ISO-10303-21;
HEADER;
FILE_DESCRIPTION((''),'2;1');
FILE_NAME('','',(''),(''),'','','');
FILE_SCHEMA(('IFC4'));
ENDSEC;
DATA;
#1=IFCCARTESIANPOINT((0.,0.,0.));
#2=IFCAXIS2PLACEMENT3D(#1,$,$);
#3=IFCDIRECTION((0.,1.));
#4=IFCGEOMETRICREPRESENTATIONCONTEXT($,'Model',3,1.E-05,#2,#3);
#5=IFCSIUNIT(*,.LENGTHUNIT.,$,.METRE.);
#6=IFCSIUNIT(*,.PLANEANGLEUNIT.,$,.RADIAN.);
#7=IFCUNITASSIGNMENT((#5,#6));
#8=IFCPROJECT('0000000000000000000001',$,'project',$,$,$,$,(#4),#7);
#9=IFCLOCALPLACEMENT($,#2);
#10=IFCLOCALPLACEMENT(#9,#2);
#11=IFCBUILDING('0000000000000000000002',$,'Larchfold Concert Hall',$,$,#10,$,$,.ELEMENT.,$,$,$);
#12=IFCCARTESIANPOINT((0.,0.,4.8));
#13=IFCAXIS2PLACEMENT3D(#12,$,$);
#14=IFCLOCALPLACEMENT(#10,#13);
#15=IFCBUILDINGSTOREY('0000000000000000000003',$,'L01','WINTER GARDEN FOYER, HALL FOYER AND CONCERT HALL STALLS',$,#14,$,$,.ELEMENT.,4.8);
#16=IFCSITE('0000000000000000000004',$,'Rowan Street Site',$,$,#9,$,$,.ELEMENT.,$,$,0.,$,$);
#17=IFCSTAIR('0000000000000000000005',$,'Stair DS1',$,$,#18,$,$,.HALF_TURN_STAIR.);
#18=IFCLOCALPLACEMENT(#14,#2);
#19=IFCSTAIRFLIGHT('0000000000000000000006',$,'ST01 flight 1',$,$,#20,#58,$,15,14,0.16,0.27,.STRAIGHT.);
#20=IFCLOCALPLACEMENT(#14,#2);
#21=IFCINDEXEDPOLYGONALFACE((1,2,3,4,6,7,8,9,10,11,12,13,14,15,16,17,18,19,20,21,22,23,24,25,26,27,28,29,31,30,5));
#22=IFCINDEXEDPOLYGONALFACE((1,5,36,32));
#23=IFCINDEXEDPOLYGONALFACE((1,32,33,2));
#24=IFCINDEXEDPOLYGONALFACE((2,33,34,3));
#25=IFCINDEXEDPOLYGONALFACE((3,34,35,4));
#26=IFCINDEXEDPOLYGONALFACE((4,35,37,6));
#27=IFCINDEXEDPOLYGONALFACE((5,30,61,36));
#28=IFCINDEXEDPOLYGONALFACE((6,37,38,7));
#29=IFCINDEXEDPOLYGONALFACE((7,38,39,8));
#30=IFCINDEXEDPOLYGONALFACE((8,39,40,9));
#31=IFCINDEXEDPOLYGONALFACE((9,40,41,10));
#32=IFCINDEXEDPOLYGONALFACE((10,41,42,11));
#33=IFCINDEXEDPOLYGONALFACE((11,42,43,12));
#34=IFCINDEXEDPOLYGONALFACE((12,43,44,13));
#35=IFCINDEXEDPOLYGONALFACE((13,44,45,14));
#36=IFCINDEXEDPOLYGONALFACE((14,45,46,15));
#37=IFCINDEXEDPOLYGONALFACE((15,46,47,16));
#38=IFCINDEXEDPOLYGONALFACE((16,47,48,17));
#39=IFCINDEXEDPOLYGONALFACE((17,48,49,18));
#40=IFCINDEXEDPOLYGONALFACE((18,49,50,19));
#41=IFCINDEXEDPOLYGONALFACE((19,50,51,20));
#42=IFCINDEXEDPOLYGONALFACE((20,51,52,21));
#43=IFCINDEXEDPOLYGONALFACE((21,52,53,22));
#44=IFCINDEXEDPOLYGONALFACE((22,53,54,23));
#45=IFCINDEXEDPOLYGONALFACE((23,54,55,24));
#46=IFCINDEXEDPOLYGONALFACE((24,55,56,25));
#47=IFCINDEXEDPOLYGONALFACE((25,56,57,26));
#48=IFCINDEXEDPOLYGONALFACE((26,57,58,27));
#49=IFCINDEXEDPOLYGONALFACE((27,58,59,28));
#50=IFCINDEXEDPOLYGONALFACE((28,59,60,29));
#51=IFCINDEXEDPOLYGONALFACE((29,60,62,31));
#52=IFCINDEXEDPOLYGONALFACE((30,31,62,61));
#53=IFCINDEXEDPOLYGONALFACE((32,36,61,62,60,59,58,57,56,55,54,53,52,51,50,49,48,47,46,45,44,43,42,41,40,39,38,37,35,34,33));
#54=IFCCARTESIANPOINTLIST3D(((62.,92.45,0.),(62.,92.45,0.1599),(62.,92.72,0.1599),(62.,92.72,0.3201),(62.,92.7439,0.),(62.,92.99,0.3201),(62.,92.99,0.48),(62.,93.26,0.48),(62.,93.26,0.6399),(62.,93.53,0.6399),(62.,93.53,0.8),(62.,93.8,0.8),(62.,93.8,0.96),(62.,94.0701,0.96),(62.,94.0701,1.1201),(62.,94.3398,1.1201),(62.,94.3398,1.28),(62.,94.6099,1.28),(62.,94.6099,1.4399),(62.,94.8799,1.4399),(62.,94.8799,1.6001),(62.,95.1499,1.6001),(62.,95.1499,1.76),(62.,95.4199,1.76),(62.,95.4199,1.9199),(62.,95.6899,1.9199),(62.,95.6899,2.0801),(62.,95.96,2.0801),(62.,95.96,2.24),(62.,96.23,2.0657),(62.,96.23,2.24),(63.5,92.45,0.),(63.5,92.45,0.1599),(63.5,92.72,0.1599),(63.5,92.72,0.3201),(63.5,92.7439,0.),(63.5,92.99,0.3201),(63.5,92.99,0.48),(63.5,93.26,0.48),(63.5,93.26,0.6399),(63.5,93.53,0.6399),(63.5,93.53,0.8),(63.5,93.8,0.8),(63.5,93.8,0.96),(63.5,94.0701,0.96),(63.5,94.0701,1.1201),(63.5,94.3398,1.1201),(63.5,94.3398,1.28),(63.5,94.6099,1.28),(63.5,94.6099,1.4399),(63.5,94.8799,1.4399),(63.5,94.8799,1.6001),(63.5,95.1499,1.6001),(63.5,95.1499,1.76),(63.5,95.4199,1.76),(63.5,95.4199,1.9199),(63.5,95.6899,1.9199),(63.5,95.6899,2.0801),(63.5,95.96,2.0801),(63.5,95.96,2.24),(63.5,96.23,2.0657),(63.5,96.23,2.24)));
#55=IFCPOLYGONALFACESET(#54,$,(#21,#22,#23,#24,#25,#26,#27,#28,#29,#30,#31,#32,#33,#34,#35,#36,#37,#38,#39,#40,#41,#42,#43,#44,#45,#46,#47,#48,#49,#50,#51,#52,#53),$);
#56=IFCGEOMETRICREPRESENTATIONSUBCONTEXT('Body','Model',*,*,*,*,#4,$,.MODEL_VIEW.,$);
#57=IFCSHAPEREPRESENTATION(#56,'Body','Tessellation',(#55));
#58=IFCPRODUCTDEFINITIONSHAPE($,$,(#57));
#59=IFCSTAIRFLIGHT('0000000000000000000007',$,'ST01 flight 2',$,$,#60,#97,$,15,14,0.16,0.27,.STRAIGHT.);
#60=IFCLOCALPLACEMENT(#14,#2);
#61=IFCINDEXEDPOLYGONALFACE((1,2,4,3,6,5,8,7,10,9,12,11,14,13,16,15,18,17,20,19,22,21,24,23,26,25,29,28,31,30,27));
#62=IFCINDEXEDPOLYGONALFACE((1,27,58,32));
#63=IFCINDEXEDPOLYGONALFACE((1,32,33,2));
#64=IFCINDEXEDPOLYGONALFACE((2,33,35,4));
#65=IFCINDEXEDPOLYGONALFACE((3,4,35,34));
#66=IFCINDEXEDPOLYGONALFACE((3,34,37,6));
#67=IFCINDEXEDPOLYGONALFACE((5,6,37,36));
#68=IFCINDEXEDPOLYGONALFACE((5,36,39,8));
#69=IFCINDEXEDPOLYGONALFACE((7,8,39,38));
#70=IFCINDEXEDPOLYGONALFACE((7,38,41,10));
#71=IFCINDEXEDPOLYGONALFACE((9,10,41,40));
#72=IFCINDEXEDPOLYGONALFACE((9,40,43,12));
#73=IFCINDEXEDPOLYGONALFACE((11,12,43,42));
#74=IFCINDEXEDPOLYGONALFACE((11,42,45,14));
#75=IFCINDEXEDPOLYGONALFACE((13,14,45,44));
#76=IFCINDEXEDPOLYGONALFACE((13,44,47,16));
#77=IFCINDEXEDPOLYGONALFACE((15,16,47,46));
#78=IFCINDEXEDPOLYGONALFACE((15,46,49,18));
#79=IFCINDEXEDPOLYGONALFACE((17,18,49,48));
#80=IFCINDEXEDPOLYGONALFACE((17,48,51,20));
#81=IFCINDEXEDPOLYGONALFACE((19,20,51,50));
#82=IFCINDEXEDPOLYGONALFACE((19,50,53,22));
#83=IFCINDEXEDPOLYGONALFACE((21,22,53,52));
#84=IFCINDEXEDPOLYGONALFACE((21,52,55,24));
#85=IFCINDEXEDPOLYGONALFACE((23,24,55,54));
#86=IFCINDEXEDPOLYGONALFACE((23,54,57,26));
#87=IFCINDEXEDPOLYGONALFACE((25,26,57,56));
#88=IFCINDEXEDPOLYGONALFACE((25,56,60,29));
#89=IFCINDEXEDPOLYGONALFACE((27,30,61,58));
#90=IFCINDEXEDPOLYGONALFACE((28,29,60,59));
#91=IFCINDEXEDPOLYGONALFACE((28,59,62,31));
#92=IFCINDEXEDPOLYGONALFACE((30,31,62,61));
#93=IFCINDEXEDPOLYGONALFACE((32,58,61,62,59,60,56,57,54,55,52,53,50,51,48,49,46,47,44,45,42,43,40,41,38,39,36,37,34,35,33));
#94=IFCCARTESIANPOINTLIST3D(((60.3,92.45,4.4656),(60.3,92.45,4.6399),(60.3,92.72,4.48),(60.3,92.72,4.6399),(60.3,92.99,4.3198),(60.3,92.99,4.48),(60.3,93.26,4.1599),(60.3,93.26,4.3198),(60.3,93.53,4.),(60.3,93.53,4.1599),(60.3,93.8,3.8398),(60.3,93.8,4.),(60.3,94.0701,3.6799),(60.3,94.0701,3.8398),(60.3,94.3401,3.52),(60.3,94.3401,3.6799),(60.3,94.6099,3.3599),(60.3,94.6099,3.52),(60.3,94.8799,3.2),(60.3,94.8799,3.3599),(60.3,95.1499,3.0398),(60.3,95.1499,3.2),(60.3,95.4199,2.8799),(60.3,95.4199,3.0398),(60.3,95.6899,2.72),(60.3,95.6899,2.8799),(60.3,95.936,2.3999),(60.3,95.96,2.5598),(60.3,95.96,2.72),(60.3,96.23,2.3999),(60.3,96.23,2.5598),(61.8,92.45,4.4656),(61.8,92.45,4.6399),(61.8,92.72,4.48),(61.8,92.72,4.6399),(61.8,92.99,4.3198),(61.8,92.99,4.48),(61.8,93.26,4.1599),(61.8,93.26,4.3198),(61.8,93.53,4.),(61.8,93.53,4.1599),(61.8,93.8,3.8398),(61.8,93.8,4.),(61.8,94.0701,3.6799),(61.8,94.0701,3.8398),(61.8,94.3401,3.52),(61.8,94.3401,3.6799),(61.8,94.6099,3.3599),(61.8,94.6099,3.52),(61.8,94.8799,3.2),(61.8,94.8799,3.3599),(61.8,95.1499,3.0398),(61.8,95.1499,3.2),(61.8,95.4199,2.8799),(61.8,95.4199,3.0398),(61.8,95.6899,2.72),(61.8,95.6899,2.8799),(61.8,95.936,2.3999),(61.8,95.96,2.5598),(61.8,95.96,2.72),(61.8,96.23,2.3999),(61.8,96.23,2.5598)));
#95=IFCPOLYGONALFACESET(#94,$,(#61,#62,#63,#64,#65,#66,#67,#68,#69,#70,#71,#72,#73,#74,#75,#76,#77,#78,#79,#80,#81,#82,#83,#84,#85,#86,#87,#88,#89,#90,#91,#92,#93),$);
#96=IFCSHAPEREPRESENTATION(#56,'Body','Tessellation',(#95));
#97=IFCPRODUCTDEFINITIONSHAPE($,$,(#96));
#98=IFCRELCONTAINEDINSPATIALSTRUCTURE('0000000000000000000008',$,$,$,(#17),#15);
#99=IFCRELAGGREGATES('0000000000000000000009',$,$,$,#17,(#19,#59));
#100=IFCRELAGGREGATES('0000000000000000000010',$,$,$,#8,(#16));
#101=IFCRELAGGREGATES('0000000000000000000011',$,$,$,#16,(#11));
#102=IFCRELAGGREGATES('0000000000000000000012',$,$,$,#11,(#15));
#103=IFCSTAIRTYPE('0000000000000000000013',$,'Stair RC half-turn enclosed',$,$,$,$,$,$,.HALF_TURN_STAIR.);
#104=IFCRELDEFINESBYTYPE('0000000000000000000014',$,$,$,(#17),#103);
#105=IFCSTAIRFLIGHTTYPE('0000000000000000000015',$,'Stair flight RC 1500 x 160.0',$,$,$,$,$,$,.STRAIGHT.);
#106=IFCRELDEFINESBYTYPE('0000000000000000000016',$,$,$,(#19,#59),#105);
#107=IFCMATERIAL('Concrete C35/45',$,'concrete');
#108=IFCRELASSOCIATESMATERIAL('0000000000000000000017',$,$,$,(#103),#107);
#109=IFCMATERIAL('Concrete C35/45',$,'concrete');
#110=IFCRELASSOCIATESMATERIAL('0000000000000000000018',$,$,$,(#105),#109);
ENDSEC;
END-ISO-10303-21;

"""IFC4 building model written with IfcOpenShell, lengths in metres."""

from ifc_helpers import new_model, si_unit, direction, frame, origin, place, context, subcontext, project, spatial, polyline, outline, extrude, material, type_object, element, aggregate, save


model = new_model("IFC4")

# Units and contexts
model_context = context("Model", 3, precision=1e-05, world=origin(), true_north=direction((0.0, 1.0)))
body_context = subcontext(model_context, "Body", "Model", "MODEL_VIEW")
ifc_project = project(units=[si_unit("LENGTHUNIT", "METRE"), si_unit("PLANEANGLEUNIT", "RADIAN")], contexts=[model_context])

# Site, building, storey
site_placement = place(None, origin())
site = spatial("IfcSite", under=ifc_project, at=site_placement, Name="Rowan Street Site", CompositionType="ELEMENT", RefElevation=0.0)
building_placement = place(site_placement, origin())
building = spatial("IfcBuilding", under=site, at=building_placement, Name="Larchfold Concert Hall", CompositionType="ELEMENT")
storey_placement = place(building_placement, frame((0.0, 0.0, 4.8)))
storey = spatial("IfcBuildingStorey", under=building, at=storey_placement, Name="L01", Description="WINTER GARDEN FOYER, HALL FOYER AND CONCERT HALL STALLS", CompositionType="ELEMENT", Elevation=4.8)

# Stair, stair flights
ifc_material_1 = material(Name="Concrete C35/45", Category="concrete")
stair_type = type_object("IfcStairType", Name="Stair RC half-turn enclosed", PredefinedType="HALF_TURN_STAIR", material=ifc_material_1)
stair_placement = place(storey_placement, origin())
stair = element("IfcStair", 1, at=stair_placement, inside=storey, type_object=stair_type, Name="Stair DS1", PredefinedType="HALF_TURN_STAIR")
ifc_material_2 = material(Name="Concrete C35/45", Category="concrete")
stair_flight_type = type_object("IfcStairFlightType", Name="Stair flight RC 1500 x 160.0", PredefinedType="STRAIGHT", material=ifc_material_2)
stair_flight_1_placement = place(storey_placement, frame((62.75, 92.45, 0.0), z_axis=(0.0, 0.0, 1.0), x_axis=(0.0, 1.0, 0.0)))
stair_flight_1 = element("IfcStairFlight", 2, at=stair_flight_1_placement, type_object=stair_flight_type, Name="ST01 flight 1", NumberOfRisers=15, NumberOfTreads=14, PredefinedType="STRAIGHT", RiserHeight=0.16, TreadLength=0.27, context=body_context, shape_type="SweptSolid", body=[
    extrude(outline(polyline([(0.0, 0.0), (0.0, 0.1599), (0.27, 0.1599), (0.27, 0.3201), (0.54, 0.3201), (0.54, 0.48), (0.8101, 0.48), (0.8101, 0.6399), (1.0801, 0.6399), (1.0801, 0.8), (1.3501, 0.8), (1.3501, 0.96), (1.6201, 0.96), (1.6201, 1.1201), (1.8899, 1.1201), (1.8899, 1.28), (2.1599, 1.28), (2.1599, 1.4399), (2.4299, 1.4399), (2.4299, 1.6001), (2.7, 1.6001), (2.7, 1.76), (2.97, 1.76), (2.97, 1.9199), (3.24, 1.9199), (3.24, 2.0801), (3.51, 2.0801), (3.51, 2.24), (3.78, 2.24), (3.78, 2.3999), (3.78, 2.0657), (0.2939, 0.0), (0.0, 0.0)])), frame((0.0, 0.75, 0.0), z_axis=(0.0, -1.0, 0.0), x_axis=(1.0, 0.0, 0.0)), (0.0, 0.0, 1.0), 1.5),
])
stair_flight_2_placement = place(storey_placement, frame((61.05, 96.23, 2.3999), z_axis=(0.0, 0.0, 1.0), x_axis=(0.0, -1.0, 0.0)))
stair_flight_2 = element("IfcStairFlight", 3, at=stair_flight_2_placement, type_object=stair_flight_type, Name="ST01 flight 2", NumberOfRisers=15, NumberOfTreads=14, PredefinedType="STRAIGHT", RiserHeight=0.16, TreadLength=0.27, context=body_context, shape_type="SweptSolid", body=[
    extrude(outline(polyline([(0.0, 0.0), (0.0, 0.1599), (0.27, 0.1599), (0.27, 0.3201), (0.54, 0.3201), (0.54, 0.48), (0.8101, 0.48), (0.8101, 0.6399), (1.0801, 0.6399), (1.0801, 0.8), (1.3501, 0.8), (1.3501, 0.96), (1.6201, 0.96), (1.6201, 1.1201), (1.8899, 1.1201), (1.8899, 1.28), (2.1599, 1.28), (2.1599, 1.4399), (2.4299, 1.4399), (2.4299, 1.6001), (2.7, 1.6001), (2.7, 1.76), (2.97, 1.76), (2.97, 1.9199), (3.24, 1.9199), (3.24, 2.0801), (3.51, 2.0801), (3.51, 2.24), (3.78, 2.24), (3.78, 2.3999), (3.78, 2.0657), (0.2939, 0.0), (0.0, 0.0)])), frame((0.0, 0.75, 0.0), z_axis=(0.0, -1.0, 0.0), x_axis=(1.0, 0.0, 0.0)), (0.0, 0.0, 1.0), 1.5),
])
aggregate(stair, [stair_flight_1, stair_flight_2])

save(model, "model.ifc")
